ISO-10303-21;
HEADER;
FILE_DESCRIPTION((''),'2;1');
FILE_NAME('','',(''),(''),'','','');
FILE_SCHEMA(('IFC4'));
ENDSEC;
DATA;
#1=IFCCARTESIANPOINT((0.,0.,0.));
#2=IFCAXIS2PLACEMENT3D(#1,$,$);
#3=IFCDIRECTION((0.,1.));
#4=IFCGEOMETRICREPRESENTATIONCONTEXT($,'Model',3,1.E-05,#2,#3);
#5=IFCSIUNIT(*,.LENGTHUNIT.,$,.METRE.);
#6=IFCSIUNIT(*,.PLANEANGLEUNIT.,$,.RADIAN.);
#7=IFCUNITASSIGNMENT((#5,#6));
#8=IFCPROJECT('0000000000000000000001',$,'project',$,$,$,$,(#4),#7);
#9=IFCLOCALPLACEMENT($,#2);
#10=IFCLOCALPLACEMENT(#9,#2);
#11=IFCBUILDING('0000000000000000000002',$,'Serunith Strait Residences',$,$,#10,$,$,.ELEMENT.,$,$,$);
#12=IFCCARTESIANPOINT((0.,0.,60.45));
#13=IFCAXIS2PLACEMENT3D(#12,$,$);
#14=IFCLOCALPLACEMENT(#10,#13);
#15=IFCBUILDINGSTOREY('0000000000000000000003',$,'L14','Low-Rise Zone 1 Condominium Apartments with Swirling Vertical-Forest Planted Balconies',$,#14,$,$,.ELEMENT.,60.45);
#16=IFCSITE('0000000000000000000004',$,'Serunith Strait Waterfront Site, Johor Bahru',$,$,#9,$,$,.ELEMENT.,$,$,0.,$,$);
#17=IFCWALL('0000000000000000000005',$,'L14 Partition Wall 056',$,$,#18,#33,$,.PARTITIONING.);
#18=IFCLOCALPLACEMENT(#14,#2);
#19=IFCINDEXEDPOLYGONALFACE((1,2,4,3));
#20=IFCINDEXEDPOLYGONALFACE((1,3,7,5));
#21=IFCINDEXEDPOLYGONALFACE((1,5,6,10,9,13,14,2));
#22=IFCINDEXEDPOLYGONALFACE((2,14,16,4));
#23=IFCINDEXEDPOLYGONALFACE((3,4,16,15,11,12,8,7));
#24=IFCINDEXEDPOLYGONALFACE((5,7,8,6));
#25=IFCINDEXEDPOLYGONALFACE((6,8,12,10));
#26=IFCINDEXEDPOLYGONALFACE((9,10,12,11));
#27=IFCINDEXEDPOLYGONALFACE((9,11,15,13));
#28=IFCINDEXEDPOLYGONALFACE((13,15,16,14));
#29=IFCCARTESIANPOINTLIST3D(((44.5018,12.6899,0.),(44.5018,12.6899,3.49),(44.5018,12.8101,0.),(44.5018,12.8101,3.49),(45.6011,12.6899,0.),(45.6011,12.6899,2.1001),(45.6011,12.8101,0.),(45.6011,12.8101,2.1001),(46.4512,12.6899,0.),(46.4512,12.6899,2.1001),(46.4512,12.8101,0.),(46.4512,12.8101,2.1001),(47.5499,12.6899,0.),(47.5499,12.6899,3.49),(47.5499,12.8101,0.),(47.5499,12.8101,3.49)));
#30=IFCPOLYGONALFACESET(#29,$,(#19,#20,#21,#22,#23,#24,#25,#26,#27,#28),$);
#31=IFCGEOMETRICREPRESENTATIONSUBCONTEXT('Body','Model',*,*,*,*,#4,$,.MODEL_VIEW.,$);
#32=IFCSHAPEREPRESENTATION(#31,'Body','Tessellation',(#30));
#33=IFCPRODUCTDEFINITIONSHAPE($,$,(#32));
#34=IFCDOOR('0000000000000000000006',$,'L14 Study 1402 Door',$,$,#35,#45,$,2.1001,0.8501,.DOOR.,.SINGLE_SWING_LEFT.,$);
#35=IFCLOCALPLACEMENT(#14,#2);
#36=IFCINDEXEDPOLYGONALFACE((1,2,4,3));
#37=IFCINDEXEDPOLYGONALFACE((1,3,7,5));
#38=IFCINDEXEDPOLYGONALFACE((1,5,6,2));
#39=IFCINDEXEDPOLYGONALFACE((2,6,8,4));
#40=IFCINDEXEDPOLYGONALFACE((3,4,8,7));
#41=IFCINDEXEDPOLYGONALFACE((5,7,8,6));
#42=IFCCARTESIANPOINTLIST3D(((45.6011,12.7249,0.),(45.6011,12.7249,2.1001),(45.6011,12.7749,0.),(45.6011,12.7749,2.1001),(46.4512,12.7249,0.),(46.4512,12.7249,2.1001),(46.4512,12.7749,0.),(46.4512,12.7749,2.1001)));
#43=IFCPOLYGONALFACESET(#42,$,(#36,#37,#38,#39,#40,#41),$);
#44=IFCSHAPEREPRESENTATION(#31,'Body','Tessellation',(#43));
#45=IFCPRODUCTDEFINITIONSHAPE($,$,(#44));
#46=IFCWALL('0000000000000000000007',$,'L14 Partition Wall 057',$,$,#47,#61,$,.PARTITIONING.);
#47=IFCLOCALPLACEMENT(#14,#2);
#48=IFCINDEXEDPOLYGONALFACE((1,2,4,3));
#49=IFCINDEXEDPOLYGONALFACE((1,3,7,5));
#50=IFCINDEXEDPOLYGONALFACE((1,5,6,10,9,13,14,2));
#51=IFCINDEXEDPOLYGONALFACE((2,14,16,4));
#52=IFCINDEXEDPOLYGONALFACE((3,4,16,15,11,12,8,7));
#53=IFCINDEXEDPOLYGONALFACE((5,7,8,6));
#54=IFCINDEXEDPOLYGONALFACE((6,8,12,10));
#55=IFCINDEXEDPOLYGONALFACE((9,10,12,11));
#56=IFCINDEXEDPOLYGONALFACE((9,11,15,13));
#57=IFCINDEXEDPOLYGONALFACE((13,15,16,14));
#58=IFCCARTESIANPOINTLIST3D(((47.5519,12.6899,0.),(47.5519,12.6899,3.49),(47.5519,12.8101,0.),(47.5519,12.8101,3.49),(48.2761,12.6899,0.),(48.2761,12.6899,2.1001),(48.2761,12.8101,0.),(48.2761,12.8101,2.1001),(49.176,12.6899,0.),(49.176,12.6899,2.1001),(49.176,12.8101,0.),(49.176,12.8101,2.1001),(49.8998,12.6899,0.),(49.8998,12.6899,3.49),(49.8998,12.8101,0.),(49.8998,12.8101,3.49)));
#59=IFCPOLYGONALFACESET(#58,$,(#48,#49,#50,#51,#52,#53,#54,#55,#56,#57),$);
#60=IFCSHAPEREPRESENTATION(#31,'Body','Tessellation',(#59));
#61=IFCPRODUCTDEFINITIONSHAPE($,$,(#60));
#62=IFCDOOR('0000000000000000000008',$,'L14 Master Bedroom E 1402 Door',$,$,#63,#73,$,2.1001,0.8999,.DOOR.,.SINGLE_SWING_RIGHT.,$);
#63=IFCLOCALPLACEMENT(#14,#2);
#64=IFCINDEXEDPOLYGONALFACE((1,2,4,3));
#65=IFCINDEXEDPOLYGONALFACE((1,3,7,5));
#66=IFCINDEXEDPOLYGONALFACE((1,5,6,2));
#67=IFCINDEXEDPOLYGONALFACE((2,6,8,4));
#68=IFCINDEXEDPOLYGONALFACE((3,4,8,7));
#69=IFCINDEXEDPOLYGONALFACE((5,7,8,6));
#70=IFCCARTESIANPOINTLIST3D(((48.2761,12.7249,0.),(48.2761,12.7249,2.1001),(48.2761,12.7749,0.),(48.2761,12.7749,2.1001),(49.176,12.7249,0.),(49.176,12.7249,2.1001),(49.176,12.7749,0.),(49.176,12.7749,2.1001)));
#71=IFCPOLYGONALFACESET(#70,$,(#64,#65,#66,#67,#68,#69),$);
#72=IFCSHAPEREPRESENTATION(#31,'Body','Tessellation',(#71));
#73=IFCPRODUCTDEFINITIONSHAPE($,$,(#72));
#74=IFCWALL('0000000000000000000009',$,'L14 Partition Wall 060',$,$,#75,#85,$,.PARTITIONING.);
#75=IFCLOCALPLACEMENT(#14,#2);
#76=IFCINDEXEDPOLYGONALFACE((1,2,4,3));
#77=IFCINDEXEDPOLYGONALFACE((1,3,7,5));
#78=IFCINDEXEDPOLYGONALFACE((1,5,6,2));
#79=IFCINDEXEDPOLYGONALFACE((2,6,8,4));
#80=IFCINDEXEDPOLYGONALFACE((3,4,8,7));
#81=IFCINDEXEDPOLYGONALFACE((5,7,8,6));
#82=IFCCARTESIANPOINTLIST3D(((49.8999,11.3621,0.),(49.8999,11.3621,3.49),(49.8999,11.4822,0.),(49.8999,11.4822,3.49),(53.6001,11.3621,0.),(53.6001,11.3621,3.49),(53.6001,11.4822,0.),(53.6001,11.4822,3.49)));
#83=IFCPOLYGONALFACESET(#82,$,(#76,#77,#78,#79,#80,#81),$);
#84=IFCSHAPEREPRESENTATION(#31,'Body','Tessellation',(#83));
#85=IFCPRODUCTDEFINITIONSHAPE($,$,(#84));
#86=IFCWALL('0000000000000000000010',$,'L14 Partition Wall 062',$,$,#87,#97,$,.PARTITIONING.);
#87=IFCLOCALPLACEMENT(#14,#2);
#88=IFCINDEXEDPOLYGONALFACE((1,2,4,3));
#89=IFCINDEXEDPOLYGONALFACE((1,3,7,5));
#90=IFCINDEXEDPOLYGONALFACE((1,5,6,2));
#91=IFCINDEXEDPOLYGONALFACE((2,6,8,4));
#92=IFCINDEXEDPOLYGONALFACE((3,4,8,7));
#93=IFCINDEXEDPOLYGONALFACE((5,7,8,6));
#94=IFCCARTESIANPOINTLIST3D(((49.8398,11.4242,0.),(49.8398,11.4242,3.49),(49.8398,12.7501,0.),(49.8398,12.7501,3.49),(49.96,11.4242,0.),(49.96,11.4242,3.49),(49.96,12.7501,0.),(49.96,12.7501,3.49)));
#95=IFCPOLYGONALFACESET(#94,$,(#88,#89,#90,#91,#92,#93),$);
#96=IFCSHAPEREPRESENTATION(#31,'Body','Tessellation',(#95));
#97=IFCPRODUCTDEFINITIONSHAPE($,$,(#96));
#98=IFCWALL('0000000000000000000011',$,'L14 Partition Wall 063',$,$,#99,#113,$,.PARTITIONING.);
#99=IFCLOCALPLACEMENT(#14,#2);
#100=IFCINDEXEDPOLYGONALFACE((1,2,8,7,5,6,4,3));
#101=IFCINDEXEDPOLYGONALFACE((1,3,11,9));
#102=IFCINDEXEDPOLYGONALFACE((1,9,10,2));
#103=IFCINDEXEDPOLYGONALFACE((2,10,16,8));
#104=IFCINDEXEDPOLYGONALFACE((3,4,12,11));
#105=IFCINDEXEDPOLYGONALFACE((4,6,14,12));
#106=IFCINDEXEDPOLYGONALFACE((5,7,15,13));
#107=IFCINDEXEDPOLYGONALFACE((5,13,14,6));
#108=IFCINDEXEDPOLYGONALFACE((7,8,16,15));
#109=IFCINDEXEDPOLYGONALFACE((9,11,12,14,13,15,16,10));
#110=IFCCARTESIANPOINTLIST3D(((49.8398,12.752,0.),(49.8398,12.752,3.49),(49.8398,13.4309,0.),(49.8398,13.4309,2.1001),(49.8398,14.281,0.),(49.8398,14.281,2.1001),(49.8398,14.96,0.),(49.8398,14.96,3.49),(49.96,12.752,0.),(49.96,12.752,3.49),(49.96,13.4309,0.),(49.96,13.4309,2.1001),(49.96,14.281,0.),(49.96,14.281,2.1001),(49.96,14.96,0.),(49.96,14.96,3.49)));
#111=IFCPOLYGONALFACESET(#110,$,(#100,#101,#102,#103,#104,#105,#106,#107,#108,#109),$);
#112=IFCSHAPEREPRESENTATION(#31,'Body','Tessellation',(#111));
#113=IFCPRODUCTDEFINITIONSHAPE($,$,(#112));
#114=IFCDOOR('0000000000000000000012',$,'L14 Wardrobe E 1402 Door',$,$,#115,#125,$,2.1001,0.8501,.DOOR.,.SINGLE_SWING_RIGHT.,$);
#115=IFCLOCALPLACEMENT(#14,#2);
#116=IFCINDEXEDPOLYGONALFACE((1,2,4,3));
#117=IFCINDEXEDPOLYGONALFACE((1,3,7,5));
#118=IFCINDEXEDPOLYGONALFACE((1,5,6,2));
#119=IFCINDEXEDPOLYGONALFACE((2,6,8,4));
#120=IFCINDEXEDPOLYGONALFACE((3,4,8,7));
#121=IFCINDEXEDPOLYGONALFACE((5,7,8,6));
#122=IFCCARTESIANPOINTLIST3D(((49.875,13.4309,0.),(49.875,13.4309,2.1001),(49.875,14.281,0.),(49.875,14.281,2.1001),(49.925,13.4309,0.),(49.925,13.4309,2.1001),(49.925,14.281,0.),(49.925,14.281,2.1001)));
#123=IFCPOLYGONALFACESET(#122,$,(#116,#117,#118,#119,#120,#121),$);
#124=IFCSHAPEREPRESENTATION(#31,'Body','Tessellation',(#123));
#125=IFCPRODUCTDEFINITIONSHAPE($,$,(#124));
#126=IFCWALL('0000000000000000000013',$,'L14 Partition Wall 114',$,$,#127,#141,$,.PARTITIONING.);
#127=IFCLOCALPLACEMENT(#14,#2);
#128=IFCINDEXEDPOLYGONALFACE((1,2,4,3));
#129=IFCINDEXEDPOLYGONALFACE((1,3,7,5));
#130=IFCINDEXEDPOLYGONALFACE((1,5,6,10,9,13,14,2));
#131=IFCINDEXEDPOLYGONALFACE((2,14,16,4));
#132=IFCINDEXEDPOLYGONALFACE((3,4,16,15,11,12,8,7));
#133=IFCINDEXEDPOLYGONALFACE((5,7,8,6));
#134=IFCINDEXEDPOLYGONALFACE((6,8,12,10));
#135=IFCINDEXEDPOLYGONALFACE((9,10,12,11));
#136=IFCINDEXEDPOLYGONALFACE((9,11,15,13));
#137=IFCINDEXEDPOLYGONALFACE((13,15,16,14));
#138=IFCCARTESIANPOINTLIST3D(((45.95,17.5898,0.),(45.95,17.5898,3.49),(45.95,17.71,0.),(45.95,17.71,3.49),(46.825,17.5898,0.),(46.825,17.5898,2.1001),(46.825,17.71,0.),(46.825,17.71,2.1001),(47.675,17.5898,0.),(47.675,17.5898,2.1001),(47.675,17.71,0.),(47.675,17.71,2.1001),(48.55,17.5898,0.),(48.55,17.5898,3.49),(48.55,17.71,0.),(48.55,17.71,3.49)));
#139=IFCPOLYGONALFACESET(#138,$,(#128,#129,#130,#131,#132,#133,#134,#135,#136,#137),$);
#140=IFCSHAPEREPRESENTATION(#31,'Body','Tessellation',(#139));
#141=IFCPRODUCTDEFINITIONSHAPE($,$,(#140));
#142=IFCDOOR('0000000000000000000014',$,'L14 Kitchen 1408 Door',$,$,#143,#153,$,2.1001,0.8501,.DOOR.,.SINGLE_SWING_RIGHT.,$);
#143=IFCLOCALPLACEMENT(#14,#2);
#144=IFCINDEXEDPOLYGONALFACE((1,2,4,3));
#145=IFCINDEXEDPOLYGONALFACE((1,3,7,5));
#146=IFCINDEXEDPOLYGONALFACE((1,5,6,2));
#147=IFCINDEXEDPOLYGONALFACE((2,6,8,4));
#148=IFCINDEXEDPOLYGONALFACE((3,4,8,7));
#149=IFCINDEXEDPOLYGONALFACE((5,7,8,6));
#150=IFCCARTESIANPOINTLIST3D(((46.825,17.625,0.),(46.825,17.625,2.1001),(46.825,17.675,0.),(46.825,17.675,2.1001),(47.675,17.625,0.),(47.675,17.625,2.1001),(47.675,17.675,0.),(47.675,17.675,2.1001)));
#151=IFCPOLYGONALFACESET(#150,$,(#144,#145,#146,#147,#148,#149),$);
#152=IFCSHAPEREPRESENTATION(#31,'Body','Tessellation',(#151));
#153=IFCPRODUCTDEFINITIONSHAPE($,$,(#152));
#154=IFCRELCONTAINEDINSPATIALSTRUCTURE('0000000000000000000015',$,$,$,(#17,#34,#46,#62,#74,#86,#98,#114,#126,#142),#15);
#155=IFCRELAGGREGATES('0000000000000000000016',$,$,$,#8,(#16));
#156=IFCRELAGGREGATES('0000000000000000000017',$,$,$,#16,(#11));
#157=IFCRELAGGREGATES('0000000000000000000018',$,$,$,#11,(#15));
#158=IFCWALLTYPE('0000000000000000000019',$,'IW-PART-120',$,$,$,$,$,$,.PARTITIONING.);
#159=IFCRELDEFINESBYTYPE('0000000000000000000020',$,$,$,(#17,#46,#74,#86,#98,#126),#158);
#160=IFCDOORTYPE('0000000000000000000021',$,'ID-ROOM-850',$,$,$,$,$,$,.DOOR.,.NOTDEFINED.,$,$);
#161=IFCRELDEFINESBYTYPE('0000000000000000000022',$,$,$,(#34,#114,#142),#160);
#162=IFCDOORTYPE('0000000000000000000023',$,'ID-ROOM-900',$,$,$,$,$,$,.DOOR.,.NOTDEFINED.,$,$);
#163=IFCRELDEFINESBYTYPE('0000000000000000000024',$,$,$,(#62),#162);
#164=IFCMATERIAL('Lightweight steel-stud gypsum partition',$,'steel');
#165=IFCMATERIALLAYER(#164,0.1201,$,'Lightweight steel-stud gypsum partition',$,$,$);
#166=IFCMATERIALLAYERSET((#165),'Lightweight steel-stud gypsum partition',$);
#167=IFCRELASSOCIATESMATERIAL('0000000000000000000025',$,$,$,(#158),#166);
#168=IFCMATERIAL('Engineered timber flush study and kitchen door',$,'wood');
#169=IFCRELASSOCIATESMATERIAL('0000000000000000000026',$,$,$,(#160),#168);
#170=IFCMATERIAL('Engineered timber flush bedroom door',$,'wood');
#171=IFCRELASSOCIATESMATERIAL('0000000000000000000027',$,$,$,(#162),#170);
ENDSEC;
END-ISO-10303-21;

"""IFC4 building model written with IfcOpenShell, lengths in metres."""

from ifc_helpers import new_model, si_unit, direction, frame, frame_2d, origin, place, context, subcontext, project, spatial, rectangle, extrude, source, transform, mapped, material, layer, layer_set, type_object, element, fill, save


model = new_model("IFC4")

# Units and contexts
model_context = context("Model", 3, precision=1e-05, world=origin(), true_north=direction((0.0, 1.0)))
body_context = subcontext(model_context, "Body", "Model", "MODEL_VIEW")
ifc_project = project(units=[si_unit("LENGTHUNIT", "METRE"), si_unit("PLANEANGLEUNIT", "RADIAN")], contexts=[model_context])

# Site, building, storey
site_placement = place(None, origin())
site = spatial("IfcSite", under=ifc_project, at=site_placement, Name="Serunith Strait Waterfront Site, Johor Bahru", CompositionType="ELEMENT", RefElevation=0.0)
building_placement = place(site_placement, origin())
building = spatial("IfcBuilding", under=site, at=building_placement, Name="Serunith Strait Residences", CompositionType="ELEMENT")
storey_placement = place(building_placement, frame((0.0, 0.0, 60.45)))
storey = spatial("IfcBuildingStorey", under=building, at=storey_placement, Name="L14", Description="Low-Rise Zone 1 Condominium Apartments with Swirling Vertical-Forest Planted Balconies", CompositionType="ELEMENT", Elevation=60.45)

# Walls, openings, doors
ifc_material_1 = material(Name="Lightweight steel-stud gypsum partition", Category="steel")
ifc_layer_1 = layer(ifc_material_1, 0.1201, Name="Lightweight steel-stud gypsum partition")
ifc_layer_set_1 = layer_set([ifc_layer_1], Name="Lightweight steel-stud gypsum partition")
wall_type_1 = type_object("IfcWallType", Name="IW-PART-120", PredefinedType="PARTITIONING", material=ifc_layer_set_1)
wall_1_placement = place(storey_placement, frame((44.502, 12.75, 0.0), z_axis=(0.0, 0.0, 1.0), x_axis=(1.0, 0.0, 0.0)))
wall_1 = element("IfcWall", 1, at=wall_1_placement, inside=storey, type_object=wall_type_1, Name="L14 Partition Wall 056", PredefinedType="PARTITIONING", context=body_context, shape_type="SweptSolid", body=[
    extrude(rectangle(XDim=3.0481, YDim=0.1201, at=frame_2d((1.5239, 0.0))), origin(), (0.0, 0.0, 1.0), 3.49),
])
opening_1_placement = place(wall_1_placement, frame((1.0991, 0.0, 0.0)))
opening_1 = element("IfcOpeningElement", 2, at=opening_1_placement, cuts=wall_1, PredefinedType="OPENING", context=body_context, shape_type="SweptSolid", body=[
    extrude(rectangle(XDim=0.8501, YDim=2.1001, at=frame_2d((0.425, 1.05))), frame((0.0, 0.0701, 0.0), z_axis=(0.0, -1.0, 0.0), x_axis=(1.0, 0.0, 0.0)), (0.0, 0.0, 1.0), 0.1401),
])
ifc_material_2 = material(Name="Engineered timber flush study and kitchen door", Category="wood")
door_type_1 = type_object("IfcDoorType", Name="ID-ROOM-850", OperationType="NOTDEFINED", PredefinedType="DOOR", material=ifc_material_2)
shared_shape_1 = source(origin(), body_context, "Body", "SweptSolid", [
    extrude(rectangle(XDim=0.8501, YDim=2.1001, at=frame_2d((0.425, 1.05))), frame((0.0, 0.0249, 0.0), z_axis=(0.0, -1.0, 0.0), x_axis=(1.0, 0.0, 0.0)), (0.0, 0.0, 1.0), 0.05),
])
door_1_placement = place(opening_1_placement, origin())
door_1 = element("IfcDoor", 3, at=door_1_placement, inside=storey, type_object=door_type_1, Name="L14 Study 1402 Door", OperationType="SINGLE_SWING_LEFT", OverallHeight=2.1001, OverallWidth=0.8501, PredefinedType="DOOR", context=body_context, shape_type="MappedRepresentation", body=[
    mapped(shared_shape_1, transform((0.0, 0.0, 0.0), scale=1.0)),
])
fill(opening_1, door_1)
wall_2_placement = place(storey_placement, frame((47.552, 12.75, 0.0), z_axis=(0.0, 0.0, 1.0), x_axis=(1.0, 0.0, 0.0)))
wall_2 = element("IfcWall", 4, at=wall_2_placement, inside=storey, type_object=wall_type_1, Name="L14 Partition Wall 057", PredefinedType="PARTITIONING", context=body_context, shape_type="SweptSolid", body=[
    extrude(rectangle(XDim=2.3479, YDim=0.1201, at=frame_2d((1.1738, 0.0))), origin(), (0.0, 0.0, 1.0), 3.49),
])
opening_2_placement = place(wall_2_placement, frame((0.7241, 0.0, 0.0)))
opening_2 = element("IfcOpeningElement", 5, at=opening_2_placement, cuts=wall_2, PredefinedType="OPENING", context=body_context, shape_type="SweptSolid", body=[
    extrude(rectangle(XDim=0.8999, YDim=2.1001, at=frame_2d((0.45, 1.05))), frame((0.0, 0.0701, 0.0), z_axis=(0.0, -1.0, 0.0), x_axis=(1.0, 0.0, 0.0)), (0.0, 0.0, 1.0), 0.1401),
])
ifc_material_3 = material(Name="Engineered timber flush bedroom door", Category="wood")
door_type_2 = type_object("IfcDoorType", Name="ID-ROOM-900", OperationType="NOTDEFINED", PredefinedType="DOOR", material=ifc_material_3)
shared_shape_2 = source(origin(), body_context, "Body", "SweptSolid", [
    extrude(rectangle(XDim=0.8999, YDim=2.1001, at=frame_2d((0.45, 1.05))), frame((0.0, 0.0249, 0.0), z_axis=(0.0, -1.0, 0.0), x_axis=(1.0, 0.0, 0.0)), (0.0, 0.0, 1.0), 0.05),
])
door_2_placement = place(opening_2_placement, origin())
door_2 = element("IfcDoor", 6, at=door_2_placement, inside=storey, type_object=door_type_2, Name="L14 Master Bedroom E 1402 Door", OperationType="SINGLE_SWING_RIGHT", OverallHeight=2.1001, OverallWidth=0.8999, PredefinedType="DOOR", context=body_context, shape_type="MappedRepresentation", body=[
    mapped(shared_shape_2, transform((0.0, 0.0, 0.0), scale=1.0)),
])
fill(opening_2, door_2)

# Walls
wall_3_placement = place(storey_placement, frame((49.8999, 11.4221, 0.0), z_axis=(0.0, 0.0, 1.0), x_axis=(1.0, 0.0, 0.0)))
element("IfcWall", 7, at=wall_3_placement, inside=storey, type_object=wall_type_1, Name="L14 Partition Wall 060", PredefinedType="PARTITIONING", context=body_context, shape_type="SweptSolid", body=[
    extrude(rectangle(XDim=3.7002, YDim=0.1201, at=frame_2d((1.8501, 0.0))), origin(), (0.0, 0.0, 1.0), 3.49),
])
wall_4_placement = place(storey_placement, frame((49.8999, 11.4241, 0.0), z_axis=(0.0, 0.0, 1.0), x_axis=(0.0, 1.0, 0.0)))
element("IfcWall", 8, at=wall_4_placement, inside=storey, type_object=wall_type_1, Name="L14 Partition Wall 062", PredefinedType="PARTITIONING", context=body_context, shape_type="SweptSolid", body=[
    extrude(rectangle(XDim=1.3259, YDim=0.1201, at=frame_2d((0.6631, 0.0))), origin(), (0.0, 0.0, 1.0), 3.49),
])

# Walls, openings, doors
wall_5_placement = place(storey_placement, frame((49.8999, 12.752, 0.0), z_axis=(0.0, 0.0, 1.0), x_axis=(0.0, 1.0, 0.0)))
wall_5 = element("IfcWall", 9, at=wall_5_placement, inside=storey, type_object=wall_type_1, Name="L14 Partition Wall 063", PredefinedType="PARTITIONING", context=body_context, shape_type="SweptSolid", body=[
    extrude(rectangle(XDim=2.208, YDim=0.1201, at=frame_2d((1.104, 0.0))), origin(), (0.0, 0.0, 1.0), 3.49),
])
opening_3_placement = place(wall_5_placement, frame((0.679, 0.0, 0.0)))
opening_3 = element("IfcOpeningElement", 10, at=opening_3_placement, cuts=wall_5, PredefinedType="OPENING", context=body_context, shape_type="SweptSolid", body=[
    extrude(rectangle(XDim=0.8501, YDim=2.1001, at=frame_2d((0.425, 1.05))), frame((0.0, 0.0701, 0.0), z_axis=(0.0, -1.0, 0.0), x_axis=(1.0, 0.0, 0.0)), (0.0, 0.0, 1.0), 0.1401),
])
door_3_placement = place(opening_3_placement, origin())
door_3 = element("IfcDoor", 11, at=door_3_placement, inside=storey, type_object=door_type_1, Name="L14 Wardrobe E 1402 Door", OperationType="SINGLE_SWING_RIGHT", OverallHeight=2.1001, OverallWidth=0.8501, PredefinedType="DOOR", context=body_context, shape_type="MappedRepresentation", body=[
    mapped(shared_shape_1, transform((0.0, 0.0, 0.0), scale=1.0)),
])
fill(opening_3, door_3)
wall_6_placement = place(storey_placement, frame((48.55, 17.6499, 0.0), z_axis=(0.0, 0.0, 1.0), x_axis=(-1.0, 0.0, 0.0)))
wall_6 = element("IfcWall", 12, at=wall_6_placement, inside=storey, type_object=wall_type_1, Name="L14 Partition Wall 114", PredefinedType="PARTITIONING", context=body_context, shape_type="SweptSolid", body=[
    extrude(rectangle(XDim=2.6001, YDim=0.1201, at=frame_2d((1.3, 0.0))), origin(), (0.0, 0.0, 1.0), 3.49),
])
opening_4_placement = place(wall_6_placement, frame((0.875, 0.0, 0.0)))
opening_4 = element("IfcOpeningElement", 13, at=opening_4_placement, cuts=wall_6, PredefinedType="OPENING", context=body_context, shape_type="SweptSolid", body=[
    extrude(rectangle(XDim=0.8501, YDim=2.1001, at=frame_2d((0.425, 1.05))), frame((0.0, 0.0701, 0.0), z_axis=(0.0, -1.0, 0.0), x_axis=(1.0, 0.0, 0.0)), (0.0, 0.0, 1.0), 0.1401),
])
door_4_placement = place(opening_4_placement, origin())
door_4 = element("IfcDoor", 14, at=door_4_placement, inside=storey, type_object=door_type_1, Name="L14 Kitchen 1408 Door", OperationType="SINGLE_SWING_RIGHT", OverallHeight=2.1001, OverallWidth=0.8501, PredefinedType="DOOR", context=body_context, shape_type="MappedRepresentation", body=[
    mapped(shared_shape_1, transform((0.0, 0.0, 0.0), scale=1.0)),
])
fill(opening_4, door_4)

save(model, "model.ifc")
